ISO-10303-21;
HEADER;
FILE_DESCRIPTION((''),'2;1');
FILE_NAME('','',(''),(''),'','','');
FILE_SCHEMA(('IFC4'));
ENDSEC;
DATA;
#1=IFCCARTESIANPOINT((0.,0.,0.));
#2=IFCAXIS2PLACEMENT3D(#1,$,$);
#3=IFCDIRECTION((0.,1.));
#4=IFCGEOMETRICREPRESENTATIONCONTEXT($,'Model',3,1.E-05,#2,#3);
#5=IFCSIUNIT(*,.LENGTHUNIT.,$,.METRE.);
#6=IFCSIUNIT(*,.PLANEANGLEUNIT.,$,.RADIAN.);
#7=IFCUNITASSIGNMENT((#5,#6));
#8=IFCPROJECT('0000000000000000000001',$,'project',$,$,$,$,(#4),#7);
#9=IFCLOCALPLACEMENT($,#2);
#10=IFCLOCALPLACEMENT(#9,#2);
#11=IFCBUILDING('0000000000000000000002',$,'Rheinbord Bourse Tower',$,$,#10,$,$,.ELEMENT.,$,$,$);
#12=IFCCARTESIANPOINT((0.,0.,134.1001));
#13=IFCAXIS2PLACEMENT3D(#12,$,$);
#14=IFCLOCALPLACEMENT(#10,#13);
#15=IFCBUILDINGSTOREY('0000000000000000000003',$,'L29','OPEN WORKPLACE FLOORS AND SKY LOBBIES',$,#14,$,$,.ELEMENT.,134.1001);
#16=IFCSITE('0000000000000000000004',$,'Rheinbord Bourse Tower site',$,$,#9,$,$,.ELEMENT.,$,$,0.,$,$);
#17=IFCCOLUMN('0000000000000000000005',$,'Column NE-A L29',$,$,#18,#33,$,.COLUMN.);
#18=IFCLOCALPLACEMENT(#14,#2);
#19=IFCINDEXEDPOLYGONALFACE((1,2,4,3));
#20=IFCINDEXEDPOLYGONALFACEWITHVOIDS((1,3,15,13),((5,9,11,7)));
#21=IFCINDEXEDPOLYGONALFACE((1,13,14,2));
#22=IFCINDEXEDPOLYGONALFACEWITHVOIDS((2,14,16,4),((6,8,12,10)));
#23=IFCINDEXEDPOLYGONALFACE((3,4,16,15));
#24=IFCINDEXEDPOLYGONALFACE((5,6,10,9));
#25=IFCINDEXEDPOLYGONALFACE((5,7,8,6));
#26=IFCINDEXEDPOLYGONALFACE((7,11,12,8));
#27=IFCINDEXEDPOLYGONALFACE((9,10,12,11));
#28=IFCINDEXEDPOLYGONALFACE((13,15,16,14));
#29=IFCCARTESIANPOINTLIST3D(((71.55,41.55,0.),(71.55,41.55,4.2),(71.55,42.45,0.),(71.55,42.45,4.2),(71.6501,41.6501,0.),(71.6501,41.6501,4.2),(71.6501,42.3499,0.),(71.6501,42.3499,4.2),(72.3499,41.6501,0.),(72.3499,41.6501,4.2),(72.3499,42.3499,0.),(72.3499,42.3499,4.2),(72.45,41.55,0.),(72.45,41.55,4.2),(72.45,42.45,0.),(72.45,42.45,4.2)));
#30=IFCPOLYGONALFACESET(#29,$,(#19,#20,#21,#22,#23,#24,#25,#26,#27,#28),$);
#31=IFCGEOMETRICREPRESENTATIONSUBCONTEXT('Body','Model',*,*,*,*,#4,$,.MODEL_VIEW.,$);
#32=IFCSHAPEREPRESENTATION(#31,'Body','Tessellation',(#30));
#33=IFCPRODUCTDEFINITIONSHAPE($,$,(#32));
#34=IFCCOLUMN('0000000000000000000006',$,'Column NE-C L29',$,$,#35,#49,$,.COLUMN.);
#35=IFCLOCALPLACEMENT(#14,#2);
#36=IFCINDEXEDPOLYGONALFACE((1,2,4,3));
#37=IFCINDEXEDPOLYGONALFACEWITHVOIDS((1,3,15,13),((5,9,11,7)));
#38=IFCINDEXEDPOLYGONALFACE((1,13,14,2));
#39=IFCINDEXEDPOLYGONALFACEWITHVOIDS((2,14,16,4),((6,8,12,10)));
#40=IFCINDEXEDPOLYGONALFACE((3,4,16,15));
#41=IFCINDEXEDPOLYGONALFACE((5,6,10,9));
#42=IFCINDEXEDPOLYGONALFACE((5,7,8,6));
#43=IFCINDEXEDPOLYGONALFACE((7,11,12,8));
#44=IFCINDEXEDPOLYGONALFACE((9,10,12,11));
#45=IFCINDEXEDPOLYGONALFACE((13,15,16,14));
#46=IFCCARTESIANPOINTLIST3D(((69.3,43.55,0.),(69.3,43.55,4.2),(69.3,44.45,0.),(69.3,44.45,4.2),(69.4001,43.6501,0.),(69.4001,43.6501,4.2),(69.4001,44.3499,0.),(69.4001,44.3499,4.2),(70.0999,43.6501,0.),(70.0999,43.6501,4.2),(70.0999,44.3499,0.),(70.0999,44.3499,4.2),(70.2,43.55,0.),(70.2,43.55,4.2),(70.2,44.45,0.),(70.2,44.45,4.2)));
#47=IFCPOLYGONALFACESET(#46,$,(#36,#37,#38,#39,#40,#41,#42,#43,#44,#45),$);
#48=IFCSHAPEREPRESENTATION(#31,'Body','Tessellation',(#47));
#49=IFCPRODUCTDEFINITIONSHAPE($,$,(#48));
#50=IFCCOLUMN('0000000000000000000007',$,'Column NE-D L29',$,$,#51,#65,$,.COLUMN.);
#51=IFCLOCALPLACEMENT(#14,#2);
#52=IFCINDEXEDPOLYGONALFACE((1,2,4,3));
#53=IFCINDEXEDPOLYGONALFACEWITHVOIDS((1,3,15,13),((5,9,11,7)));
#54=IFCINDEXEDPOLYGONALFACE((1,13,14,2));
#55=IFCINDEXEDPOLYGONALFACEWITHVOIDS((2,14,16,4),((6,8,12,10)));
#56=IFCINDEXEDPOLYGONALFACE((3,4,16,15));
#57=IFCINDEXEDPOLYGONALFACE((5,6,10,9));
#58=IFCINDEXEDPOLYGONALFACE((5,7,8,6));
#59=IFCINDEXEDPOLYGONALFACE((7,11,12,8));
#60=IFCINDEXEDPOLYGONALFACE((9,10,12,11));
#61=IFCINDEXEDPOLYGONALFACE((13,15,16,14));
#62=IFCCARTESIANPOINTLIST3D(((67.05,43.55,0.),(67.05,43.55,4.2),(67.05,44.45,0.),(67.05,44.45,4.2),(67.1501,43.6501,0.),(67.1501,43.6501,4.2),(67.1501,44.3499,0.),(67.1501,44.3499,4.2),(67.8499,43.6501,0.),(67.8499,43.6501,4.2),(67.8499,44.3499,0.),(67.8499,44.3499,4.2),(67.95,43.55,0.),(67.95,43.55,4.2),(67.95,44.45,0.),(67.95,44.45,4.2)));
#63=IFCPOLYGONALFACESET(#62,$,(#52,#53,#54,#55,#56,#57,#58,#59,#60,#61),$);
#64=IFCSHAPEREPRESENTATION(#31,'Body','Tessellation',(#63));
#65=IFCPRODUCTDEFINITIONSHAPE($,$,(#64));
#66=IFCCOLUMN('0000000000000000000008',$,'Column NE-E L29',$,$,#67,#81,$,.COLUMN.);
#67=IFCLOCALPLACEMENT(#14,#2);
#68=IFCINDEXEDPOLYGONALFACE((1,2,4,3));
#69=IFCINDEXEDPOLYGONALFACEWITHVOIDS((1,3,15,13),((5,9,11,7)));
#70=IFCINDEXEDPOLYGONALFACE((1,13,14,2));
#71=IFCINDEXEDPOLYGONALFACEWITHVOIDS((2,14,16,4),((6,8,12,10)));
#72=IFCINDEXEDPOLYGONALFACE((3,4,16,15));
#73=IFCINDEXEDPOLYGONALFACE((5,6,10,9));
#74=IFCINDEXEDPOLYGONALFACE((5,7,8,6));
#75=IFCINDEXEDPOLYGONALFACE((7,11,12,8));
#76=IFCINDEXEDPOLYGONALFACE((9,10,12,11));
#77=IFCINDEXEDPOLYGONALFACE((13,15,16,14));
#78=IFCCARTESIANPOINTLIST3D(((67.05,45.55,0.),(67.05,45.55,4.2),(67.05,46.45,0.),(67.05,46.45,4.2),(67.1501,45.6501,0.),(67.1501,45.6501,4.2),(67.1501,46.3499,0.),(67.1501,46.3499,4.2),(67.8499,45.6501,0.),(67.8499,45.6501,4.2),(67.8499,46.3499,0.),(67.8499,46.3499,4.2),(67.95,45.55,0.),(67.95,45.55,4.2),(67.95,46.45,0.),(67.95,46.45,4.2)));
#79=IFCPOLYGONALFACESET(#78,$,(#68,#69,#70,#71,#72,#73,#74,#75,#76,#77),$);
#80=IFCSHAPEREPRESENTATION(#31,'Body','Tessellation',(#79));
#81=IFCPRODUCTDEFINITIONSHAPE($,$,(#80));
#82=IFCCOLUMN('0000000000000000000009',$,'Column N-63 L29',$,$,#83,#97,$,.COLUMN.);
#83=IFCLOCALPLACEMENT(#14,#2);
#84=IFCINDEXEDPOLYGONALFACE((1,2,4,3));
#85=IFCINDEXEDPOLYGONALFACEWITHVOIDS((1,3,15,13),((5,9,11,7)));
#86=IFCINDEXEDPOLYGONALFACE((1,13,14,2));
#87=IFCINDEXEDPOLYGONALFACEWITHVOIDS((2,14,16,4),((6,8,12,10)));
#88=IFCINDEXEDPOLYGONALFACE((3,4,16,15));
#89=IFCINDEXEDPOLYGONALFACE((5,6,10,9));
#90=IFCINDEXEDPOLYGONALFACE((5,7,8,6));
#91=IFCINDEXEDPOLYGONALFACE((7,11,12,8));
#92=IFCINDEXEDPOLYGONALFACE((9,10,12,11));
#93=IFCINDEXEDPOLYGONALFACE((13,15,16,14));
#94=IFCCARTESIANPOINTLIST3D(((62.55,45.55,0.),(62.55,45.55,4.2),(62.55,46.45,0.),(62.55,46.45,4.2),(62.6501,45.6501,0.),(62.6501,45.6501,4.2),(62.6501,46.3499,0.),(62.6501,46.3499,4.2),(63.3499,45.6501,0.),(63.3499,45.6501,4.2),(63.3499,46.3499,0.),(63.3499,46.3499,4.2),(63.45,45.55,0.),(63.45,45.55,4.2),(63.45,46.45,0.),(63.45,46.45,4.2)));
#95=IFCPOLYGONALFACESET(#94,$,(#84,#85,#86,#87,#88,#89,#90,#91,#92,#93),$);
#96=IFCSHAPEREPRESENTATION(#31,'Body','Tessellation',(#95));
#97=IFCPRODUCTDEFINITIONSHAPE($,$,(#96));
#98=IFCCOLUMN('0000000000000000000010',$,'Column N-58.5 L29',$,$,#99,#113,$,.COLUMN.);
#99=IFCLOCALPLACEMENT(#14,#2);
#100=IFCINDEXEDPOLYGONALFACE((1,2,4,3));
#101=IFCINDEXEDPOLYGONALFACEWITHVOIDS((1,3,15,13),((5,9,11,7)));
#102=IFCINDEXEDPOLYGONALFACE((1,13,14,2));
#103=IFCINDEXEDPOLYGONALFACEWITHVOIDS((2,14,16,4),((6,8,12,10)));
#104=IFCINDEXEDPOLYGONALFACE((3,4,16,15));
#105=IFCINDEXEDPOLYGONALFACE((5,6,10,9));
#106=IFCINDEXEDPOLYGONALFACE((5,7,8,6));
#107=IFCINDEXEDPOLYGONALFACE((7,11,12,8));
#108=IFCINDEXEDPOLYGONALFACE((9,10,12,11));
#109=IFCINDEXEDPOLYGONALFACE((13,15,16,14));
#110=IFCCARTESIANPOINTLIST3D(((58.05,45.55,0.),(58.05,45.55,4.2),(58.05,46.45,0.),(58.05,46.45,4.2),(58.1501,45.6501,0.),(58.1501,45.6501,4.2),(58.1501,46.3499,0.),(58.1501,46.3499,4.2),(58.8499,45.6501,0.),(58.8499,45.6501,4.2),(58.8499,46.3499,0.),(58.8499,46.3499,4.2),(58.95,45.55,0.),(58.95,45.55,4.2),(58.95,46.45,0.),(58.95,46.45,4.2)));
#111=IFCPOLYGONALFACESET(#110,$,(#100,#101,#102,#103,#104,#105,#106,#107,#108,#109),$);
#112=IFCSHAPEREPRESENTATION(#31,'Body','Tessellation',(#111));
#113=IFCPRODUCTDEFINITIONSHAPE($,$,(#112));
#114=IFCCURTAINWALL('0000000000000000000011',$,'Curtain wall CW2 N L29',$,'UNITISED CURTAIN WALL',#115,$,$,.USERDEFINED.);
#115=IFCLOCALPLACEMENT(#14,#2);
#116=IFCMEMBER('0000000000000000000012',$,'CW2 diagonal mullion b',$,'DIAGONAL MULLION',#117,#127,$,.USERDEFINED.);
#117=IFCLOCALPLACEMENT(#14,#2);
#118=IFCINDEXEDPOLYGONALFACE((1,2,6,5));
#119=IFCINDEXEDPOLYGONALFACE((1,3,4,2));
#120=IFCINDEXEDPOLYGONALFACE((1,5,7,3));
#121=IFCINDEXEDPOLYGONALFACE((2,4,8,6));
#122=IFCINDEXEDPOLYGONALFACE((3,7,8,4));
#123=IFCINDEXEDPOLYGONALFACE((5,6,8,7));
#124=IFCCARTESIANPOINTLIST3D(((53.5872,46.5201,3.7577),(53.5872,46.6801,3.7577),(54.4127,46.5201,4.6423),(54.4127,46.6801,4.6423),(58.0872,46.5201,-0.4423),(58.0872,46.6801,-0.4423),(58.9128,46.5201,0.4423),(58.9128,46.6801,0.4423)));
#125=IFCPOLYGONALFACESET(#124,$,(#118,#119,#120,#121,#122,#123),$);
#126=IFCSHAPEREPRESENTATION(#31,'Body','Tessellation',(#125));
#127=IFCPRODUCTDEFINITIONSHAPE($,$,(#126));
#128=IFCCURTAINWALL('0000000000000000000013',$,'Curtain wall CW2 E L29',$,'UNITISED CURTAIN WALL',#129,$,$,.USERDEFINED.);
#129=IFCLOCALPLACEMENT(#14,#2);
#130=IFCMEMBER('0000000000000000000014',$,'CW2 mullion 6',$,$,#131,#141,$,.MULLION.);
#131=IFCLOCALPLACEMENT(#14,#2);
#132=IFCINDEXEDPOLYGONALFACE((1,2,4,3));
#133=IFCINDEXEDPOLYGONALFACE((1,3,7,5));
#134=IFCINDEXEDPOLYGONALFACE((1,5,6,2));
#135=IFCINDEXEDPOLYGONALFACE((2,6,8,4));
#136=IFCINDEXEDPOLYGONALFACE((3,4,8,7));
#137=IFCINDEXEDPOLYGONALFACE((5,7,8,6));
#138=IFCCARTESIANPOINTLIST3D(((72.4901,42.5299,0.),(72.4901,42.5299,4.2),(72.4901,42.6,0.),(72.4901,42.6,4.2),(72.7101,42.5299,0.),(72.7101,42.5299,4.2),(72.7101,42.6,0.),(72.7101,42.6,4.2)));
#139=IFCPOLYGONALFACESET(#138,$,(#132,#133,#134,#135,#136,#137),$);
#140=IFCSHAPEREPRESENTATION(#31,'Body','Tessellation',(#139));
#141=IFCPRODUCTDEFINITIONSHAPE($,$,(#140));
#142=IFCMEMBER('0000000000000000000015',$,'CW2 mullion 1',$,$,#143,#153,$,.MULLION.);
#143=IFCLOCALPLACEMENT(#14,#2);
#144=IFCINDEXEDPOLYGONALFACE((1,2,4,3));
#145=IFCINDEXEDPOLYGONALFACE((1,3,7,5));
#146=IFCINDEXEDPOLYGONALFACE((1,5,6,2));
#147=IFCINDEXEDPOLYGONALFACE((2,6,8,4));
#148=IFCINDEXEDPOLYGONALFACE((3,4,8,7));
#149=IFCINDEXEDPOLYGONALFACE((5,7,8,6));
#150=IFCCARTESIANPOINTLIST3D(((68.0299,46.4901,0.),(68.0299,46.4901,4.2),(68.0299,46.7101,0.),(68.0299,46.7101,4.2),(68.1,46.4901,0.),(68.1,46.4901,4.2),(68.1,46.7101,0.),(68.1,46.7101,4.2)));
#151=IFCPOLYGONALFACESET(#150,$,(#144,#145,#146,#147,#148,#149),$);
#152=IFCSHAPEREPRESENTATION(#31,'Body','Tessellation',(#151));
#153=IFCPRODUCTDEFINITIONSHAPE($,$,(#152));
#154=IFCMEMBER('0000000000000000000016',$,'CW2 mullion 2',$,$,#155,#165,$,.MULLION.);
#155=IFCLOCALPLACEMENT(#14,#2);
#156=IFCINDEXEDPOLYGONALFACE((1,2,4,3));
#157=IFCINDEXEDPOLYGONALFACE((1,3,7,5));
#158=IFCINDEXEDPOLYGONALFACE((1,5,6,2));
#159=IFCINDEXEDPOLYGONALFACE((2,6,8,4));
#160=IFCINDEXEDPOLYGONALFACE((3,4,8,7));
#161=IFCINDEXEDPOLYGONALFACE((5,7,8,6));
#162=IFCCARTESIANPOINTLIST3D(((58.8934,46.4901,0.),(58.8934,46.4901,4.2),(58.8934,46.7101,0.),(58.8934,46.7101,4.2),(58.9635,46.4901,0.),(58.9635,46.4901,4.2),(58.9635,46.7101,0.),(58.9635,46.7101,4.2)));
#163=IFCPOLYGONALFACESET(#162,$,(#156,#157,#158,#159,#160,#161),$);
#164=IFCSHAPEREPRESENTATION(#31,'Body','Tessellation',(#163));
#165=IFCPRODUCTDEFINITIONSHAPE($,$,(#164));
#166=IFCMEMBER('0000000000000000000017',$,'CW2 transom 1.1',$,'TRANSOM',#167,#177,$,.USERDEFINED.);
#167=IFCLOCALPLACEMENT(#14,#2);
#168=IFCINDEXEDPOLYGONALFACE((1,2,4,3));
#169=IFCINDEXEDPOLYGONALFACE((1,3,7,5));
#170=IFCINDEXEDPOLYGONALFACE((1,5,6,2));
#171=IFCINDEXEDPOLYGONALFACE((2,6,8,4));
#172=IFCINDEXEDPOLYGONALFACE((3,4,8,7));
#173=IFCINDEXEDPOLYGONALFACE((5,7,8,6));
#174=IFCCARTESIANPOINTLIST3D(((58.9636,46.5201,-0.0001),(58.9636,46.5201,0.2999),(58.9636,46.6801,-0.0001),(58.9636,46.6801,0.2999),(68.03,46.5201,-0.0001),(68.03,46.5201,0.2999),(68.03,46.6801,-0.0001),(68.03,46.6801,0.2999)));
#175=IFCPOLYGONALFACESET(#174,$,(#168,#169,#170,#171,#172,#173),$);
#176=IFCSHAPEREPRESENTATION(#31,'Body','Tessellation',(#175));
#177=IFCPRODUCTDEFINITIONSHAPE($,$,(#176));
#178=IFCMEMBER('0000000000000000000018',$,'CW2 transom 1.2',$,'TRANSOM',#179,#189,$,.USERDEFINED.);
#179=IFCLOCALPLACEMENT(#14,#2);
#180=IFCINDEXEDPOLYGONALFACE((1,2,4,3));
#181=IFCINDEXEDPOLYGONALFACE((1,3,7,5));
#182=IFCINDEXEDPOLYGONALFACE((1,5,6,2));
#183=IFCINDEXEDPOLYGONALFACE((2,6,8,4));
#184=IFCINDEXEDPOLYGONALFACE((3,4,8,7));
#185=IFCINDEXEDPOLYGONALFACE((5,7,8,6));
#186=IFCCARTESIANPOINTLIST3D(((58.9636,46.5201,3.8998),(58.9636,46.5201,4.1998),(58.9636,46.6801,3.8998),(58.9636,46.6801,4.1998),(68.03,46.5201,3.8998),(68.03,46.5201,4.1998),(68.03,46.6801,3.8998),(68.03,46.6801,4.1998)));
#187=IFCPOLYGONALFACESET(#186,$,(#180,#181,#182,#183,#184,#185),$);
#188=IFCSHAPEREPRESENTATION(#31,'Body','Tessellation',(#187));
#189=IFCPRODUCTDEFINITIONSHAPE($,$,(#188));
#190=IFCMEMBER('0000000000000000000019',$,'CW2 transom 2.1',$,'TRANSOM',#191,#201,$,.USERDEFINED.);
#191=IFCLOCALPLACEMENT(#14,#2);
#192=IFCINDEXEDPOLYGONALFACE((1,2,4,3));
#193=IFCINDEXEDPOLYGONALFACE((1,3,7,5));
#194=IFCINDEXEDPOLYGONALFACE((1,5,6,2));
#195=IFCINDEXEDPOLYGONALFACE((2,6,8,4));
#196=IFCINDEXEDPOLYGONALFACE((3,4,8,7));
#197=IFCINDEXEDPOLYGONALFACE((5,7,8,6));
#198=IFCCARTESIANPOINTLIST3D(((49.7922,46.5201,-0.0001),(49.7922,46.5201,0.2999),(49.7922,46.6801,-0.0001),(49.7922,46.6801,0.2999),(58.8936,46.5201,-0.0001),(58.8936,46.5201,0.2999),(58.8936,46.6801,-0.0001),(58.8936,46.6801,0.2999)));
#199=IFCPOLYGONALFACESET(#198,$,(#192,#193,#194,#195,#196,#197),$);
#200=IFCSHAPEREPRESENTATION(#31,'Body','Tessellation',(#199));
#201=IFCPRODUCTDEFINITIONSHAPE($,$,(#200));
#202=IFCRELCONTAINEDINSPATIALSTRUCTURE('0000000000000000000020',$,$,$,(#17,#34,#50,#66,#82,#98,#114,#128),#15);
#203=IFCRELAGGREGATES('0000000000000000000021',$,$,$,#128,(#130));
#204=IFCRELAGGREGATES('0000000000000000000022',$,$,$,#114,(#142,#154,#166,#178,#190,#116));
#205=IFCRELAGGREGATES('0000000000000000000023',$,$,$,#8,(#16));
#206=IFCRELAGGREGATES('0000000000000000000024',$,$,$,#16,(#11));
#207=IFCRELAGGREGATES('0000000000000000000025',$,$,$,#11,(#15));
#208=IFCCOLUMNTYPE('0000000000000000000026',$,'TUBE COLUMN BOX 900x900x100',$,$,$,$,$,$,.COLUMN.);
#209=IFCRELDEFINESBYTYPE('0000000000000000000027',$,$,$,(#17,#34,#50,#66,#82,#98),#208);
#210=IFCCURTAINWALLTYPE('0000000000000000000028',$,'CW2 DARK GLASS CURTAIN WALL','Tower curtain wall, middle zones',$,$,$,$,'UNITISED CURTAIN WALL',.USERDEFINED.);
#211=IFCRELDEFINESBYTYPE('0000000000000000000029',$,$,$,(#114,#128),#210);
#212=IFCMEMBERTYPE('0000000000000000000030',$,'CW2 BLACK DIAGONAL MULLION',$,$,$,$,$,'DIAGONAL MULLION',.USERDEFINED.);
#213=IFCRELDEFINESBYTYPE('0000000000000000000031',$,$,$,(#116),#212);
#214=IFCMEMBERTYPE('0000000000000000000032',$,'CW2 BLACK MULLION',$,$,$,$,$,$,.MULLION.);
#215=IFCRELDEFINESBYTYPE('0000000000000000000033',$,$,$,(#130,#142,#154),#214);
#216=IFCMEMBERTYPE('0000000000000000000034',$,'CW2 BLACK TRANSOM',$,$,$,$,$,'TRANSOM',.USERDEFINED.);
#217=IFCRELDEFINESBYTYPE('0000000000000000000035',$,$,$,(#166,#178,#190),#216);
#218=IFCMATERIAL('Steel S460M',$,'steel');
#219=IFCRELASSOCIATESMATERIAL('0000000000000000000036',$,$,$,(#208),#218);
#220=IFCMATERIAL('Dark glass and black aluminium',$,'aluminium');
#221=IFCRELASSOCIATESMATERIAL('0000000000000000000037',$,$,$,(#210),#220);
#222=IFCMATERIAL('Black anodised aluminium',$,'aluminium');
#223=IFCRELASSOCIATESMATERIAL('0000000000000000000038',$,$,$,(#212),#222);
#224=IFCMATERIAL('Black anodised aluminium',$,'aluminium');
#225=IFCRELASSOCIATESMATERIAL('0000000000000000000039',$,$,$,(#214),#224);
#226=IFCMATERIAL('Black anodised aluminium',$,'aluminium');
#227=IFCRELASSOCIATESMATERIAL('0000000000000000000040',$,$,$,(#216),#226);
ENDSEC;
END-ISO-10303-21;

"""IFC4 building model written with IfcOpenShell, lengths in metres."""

from ifc_helpers import new_model, si_unit, direction, frame, origin, origin_2d, place, context, subcontext, project, spatial, rectangle, hollow_rectangle, extrude, material, material_profile, profile_set, type_object, element, aggregate, save


model = new_model("IFC4")

# Units and contexts
model_context = context("Model", 3, precision=1e-05, world=origin(), true_north=direction((0.0, 1.0)))
body_context = subcontext(model_context, "Body", "Model", "MODEL_VIEW")
ifc_project = project(units=[si_unit("LENGTHUNIT", "METRE"), si_unit("PLANEANGLEUNIT", "RADIAN")], contexts=[model_context])

# Site, building, storey
site_placement = place(None, origin())
site = spatial("IfcSite", under=ifc_project, at=site_placement, Name="Rheinbord Bourse Tower site", CompositionType="ELEMENT", RefElevation=0.0)
building_placement = place(site_placement, origin())
building = spatial("IfcBuilding", under=site, at=building_placement, Name="Rheinbord Bourse Tower", CompositionType="ELEMENT")
storey_placement = place(building_placement, frame((0.0, 0.0, 134.1001)))
storey = spatial("IfcBuildingStorey", under=building, at=storey_placement, Name="L29", Description="OPEN WORKPLACE FLOORS AND SKY LOBBIES", CompositionType="ELEMENT", Elevation=134.1001)

# Columns
ifc_material_1 = material(Name="Steel S460M", Category="steel")
ifc_material_profile_1 = material_profile(ifc_material_1, hollow_rectangle(XDim=0.8999, YDim=0.8999, WallThickness=0.1001, at=origin_2d()), Name="BOX 900x900x100")
ifc_profile_set_1 = profile_set([ifc_material_profile_1], Name="Steel S460M")
column_type = type_object("IfcColumnType", Name="TUBE COLUMN BOX 900x900x100", PredefinedType="COLUMN", material=ifc_profile_set_1)
for number, where, z_axis, x_axis, name in (
    (1, (72.0, 42.0, 0.0), (0.0, 0.0, 1.0), (1.0, 0.0, 0.0), "Column NE-A L29"),
    (2, (69.75, 44.0, 0.0), (0.0, 0.0, 1.0), (1.0, 0.0, 0.0), "Column NE-C L29"),
    (3, (67.5, 44.0, 0.0), (0.0, 0.0, 1.0), (0.0, 1.0, 0.0), "Column NE-D L29"),
    (4, (67.5, 46.0, 0.0), (0.0, 0.0, 1.0), (0.0, 1.0, 0.0), "Column NE-E L29"),
    (5, (63.0, 46.0, 0.0), (0.0, 0.0, 1.0), (0.0, 1.0, 0.0), "Column N-63 L29"),
    (6, (58.5, 46.0, 0.0), (0.0, 0.0, 1.0), (0.0, 1.0, 0.0), "Column N-58.5 L29"),
):
    element("IfcColumn", number, at=place(storey_placement, frame(where, z_axis=z_axis, x_axis=x_axis)), inside=storey, type_object=column_type, Name=name, PredefinedType="COLUMN", context=body_context, shape_type="SweptSolid", body=[
        extrude(hollow_rectangle(XDim=0.8999, YDim=0.8999, WallThickness=0.1001, at=origin_2d()), origin(), (0.0, 0.0, 1.0), 4.2),
    ])

# Curtain walls, members
ifc_material_2 = material(Name="Dark glass and black aluminium", Category="aluminium")
curtain_wall_type = type_object("IfcCurtainWallType", Name="CW2 DARK GLASS CURTAIN WALL", Description="Tower curtain wall, middle zones", ElementType="UNITISED CURTAIN WALL", PredefinedType="USERDEFINED", material=ifc_material_2)
curtain_wall_1_placement = place(storey_placement, origin())
curtain_wall_1 = element("IfcCurtainWall", 7, at=curtain_wall_1_placement, inside=storey, type_object=curtain_wall_type, Name="Curtain wall CW2 N L29", ObjectType="UNITISED CURTAIN WALL", PredefinedType="USERDEFINED")
ifc_material_3 = material(Name="Black anodised aluminium", Category="aluminium")
ifc_material_profile_2 = material_profile(ifc_material_3, rectangle(XDim=0.1599, YDim=1.21, at=origin_2d()), Name="CW2 DIAGONAL MULLION 1210x160")
ifc_profile_set_2 = profile_set([ifc_material_profile_2], Name="Black anodised aluminium")
member_type_1 = type_object("IfcMemberType", Name="CW2 BLACK DIAGONAL MULLION", ElementType="DIAGONAL MULLION", PredefinedType="USERDEFINED", material=ifc_profile_set_2)
member_1_placement = place(storey_placement, frame((58.5, 46.6001, 0.0), z_axis=(-0.731059, 0.0, 0.682314), x_axis=(0.0, -1.0, 0.0)))
member_1 = element("IfcMember", 8, at=member_1_placement, type_object=member_type_1, Name="CW2 diagonal mullion b", ObjectType="DIAGONAL MULLION", PredefinedType="USERDEFINED", context=body_context, shape_type="SweptSolid", body=[
    extrude(rectangle(XDim=0.1599, YDim=1.21, at=origin_2d()), origin(), (0.0, 0.0, 1.0), 6.1555),
])
curtain_wall_2_placement = place(storey_placement, origin())
curtain_wall_2 = element("IfcCurtainWall", 9, at=curtain_wall_2_placement, inside=storey, type_object=curtain_wall_type, Name="Curtain wall CW2 E L29", ObjectType="UNITISED CURTAIN WALL", PredefinedType="USERDEFINED")
ifc_material_4 = material(Name="Black anodised aluminium", Category="aluminium")
ifc_material_profile_3 = material_profile(ifc_material_4, rectangle(XDim=0.22, YDim=0.0701, at=origin_2d()), Name="CW2 MULLION 70x220")
ifc_profile_set_3 = profile_set([ifc_material_profile_3], Name="Black anodised aluminium")
member_type_2 = type_object("IfcMemberType", Name="CW2 BLACK MULLION", PredefinedType="MULLION", material=ifc_profile_set_3)
member_2_placement = place(storey_placement, frame((72.6001, 42.5649, 0.0), z_axis=(0.0, 0.0, 1.0), x_axis=(-1.0, 0.0, 0.0)))
member_2 = element("IfcMember", 10, at=member_2_placement, type_object=member_type_2, Name="CW2 mullion 6", PredefinedType="MULLION", context=body_context, shape_type="SweptSolid", body=[
    extrude(rectangle(XDim=0.22, YDim=0.0701, at=origin_2d()), origin(), (0.0, 0.0, 1.0), 4.2),
])

# Members
member_3_placement = place(storey_placement, frame((68.0649, 46.6001, 0.0), z_axis=(0.0, 0.0, 1.0), x_axis=(0.0, -1.0, 0.0)))
member_3 = element("IfcMember", 11, at=member_3_placement, type_object=member_type_2, Name="CW2 mullion 1", PredefinedType="MULLION", context=body_context, shape_type="SweptSolid", body=[
    extrude(rectangle(XDim=0.22, YDim=0.0701, at=origin_2d()), origin(), (0.0, 0.0, 1.0), 4.2),
])
member_4_placement = place(storey_placement, frame((58.9285, 46.6001, 0.0), z_axis=(0.0, 0.0, 1.0), x_axis=(0.0, -1.0, 0.0)))
member_4 = element("IfcMember", 12, at=member_4_placement, type_object=member_type_2, Name="CW2 mullion 2", PredefinedType="MULLION", context=body_context, shape_type="SweptSolid", body=[
    extrude(rectangle(XDim=0.22, YDim=0.0701, at=origin_2d()), origin(), (0.0, 0.0, 1.0), 4.2),
])
ifc_material_5 = material(Name="Black anodised aluminium", Category="aluminium")
ifc_material_profile_4 = material_profile(ifc_material_5, rectangle(XDim=0.1599, YDim=0.3, at=origin_2d()), Name="CW2 TRANSOM 300x160")
ifc_profile_set_4 = profile_set([ifc_material_profile_4], Name="Black anodised aluminium")
member_type_3 = type_object("IfcMemberType", Name="CW2 BLACK TRANSOM", ElementType="TRANSOM", PredefinedType="USERDEFINED", material=ifc_profile_set_4)
member_5_placement = place(storey_placement, frame((68.03, 46.6001, 0.1499), z_axis=(-1.0, 0.0, 0.0), x_axis=(0.0, -1.0, 0.0)))
member_5 = element("IfcMember", 13, at=member_5_placement, type_object=member_type_3, Name="CW2 transom 1.1", ObjectType="TRANSOM", PredefinedType="USERDEFINED", context=body_context, shape_type="SweptSolid", body=[
    extrude(rectangle(XDim=0.1599, YDim=0.3, at=origin_2d()), origin(), (0.0, 0.0, 1.0), 9.0664),
])
member_6_placement = place(storey_placement, frame((68.03, 46.6001, 4.0498), z_axis=(-1.0, 0.0, 0.0), x_axis=(0.0, -1.0, 0.0)))
member_6 = element("IfcMember", 14, at=member_6_placement, type_object=member_type_3, Name="CW2 transom 1.2", ObjectType="TRANSOM", PredefinedType="USERDEFINED", context=body_context, shape_type="SweptSolid", body=[
    extrude(rectangle(XDim=0.1599, YDim=0.3, at=origin_2d()), origin(), (0.0, 0.0, 1.0), 9.0664),
])
member_7_placement = place(storey_placement, frame((58.8936, 46.6001, 0.1499), z_axis=(-1.0, 0.0, 0.0), x_axis=(0.0, -1.0, 0.0)))
member_7 = element("IfcMember", 15, at=member_7_placement, type_object=member_type_3, Name="CW2 transom 2.1", ObjectType="TRANSOM", PredefinedType="USERDEFINED", context=body_context, shape_type="SweptSolid", body=[
    extrude(rectangle(XDim=0.1599, YDim=0.3, at=origin_2d()), origin(), (0.0, 0.0, 1.0), 9.1013),
])

aggregate(curtain_wall_2, [member_2])
aggregate(curtain_wall_1, [member_3, member_4, member_5, member_6, member_7, member_1])

save(model, "model.ifc")
